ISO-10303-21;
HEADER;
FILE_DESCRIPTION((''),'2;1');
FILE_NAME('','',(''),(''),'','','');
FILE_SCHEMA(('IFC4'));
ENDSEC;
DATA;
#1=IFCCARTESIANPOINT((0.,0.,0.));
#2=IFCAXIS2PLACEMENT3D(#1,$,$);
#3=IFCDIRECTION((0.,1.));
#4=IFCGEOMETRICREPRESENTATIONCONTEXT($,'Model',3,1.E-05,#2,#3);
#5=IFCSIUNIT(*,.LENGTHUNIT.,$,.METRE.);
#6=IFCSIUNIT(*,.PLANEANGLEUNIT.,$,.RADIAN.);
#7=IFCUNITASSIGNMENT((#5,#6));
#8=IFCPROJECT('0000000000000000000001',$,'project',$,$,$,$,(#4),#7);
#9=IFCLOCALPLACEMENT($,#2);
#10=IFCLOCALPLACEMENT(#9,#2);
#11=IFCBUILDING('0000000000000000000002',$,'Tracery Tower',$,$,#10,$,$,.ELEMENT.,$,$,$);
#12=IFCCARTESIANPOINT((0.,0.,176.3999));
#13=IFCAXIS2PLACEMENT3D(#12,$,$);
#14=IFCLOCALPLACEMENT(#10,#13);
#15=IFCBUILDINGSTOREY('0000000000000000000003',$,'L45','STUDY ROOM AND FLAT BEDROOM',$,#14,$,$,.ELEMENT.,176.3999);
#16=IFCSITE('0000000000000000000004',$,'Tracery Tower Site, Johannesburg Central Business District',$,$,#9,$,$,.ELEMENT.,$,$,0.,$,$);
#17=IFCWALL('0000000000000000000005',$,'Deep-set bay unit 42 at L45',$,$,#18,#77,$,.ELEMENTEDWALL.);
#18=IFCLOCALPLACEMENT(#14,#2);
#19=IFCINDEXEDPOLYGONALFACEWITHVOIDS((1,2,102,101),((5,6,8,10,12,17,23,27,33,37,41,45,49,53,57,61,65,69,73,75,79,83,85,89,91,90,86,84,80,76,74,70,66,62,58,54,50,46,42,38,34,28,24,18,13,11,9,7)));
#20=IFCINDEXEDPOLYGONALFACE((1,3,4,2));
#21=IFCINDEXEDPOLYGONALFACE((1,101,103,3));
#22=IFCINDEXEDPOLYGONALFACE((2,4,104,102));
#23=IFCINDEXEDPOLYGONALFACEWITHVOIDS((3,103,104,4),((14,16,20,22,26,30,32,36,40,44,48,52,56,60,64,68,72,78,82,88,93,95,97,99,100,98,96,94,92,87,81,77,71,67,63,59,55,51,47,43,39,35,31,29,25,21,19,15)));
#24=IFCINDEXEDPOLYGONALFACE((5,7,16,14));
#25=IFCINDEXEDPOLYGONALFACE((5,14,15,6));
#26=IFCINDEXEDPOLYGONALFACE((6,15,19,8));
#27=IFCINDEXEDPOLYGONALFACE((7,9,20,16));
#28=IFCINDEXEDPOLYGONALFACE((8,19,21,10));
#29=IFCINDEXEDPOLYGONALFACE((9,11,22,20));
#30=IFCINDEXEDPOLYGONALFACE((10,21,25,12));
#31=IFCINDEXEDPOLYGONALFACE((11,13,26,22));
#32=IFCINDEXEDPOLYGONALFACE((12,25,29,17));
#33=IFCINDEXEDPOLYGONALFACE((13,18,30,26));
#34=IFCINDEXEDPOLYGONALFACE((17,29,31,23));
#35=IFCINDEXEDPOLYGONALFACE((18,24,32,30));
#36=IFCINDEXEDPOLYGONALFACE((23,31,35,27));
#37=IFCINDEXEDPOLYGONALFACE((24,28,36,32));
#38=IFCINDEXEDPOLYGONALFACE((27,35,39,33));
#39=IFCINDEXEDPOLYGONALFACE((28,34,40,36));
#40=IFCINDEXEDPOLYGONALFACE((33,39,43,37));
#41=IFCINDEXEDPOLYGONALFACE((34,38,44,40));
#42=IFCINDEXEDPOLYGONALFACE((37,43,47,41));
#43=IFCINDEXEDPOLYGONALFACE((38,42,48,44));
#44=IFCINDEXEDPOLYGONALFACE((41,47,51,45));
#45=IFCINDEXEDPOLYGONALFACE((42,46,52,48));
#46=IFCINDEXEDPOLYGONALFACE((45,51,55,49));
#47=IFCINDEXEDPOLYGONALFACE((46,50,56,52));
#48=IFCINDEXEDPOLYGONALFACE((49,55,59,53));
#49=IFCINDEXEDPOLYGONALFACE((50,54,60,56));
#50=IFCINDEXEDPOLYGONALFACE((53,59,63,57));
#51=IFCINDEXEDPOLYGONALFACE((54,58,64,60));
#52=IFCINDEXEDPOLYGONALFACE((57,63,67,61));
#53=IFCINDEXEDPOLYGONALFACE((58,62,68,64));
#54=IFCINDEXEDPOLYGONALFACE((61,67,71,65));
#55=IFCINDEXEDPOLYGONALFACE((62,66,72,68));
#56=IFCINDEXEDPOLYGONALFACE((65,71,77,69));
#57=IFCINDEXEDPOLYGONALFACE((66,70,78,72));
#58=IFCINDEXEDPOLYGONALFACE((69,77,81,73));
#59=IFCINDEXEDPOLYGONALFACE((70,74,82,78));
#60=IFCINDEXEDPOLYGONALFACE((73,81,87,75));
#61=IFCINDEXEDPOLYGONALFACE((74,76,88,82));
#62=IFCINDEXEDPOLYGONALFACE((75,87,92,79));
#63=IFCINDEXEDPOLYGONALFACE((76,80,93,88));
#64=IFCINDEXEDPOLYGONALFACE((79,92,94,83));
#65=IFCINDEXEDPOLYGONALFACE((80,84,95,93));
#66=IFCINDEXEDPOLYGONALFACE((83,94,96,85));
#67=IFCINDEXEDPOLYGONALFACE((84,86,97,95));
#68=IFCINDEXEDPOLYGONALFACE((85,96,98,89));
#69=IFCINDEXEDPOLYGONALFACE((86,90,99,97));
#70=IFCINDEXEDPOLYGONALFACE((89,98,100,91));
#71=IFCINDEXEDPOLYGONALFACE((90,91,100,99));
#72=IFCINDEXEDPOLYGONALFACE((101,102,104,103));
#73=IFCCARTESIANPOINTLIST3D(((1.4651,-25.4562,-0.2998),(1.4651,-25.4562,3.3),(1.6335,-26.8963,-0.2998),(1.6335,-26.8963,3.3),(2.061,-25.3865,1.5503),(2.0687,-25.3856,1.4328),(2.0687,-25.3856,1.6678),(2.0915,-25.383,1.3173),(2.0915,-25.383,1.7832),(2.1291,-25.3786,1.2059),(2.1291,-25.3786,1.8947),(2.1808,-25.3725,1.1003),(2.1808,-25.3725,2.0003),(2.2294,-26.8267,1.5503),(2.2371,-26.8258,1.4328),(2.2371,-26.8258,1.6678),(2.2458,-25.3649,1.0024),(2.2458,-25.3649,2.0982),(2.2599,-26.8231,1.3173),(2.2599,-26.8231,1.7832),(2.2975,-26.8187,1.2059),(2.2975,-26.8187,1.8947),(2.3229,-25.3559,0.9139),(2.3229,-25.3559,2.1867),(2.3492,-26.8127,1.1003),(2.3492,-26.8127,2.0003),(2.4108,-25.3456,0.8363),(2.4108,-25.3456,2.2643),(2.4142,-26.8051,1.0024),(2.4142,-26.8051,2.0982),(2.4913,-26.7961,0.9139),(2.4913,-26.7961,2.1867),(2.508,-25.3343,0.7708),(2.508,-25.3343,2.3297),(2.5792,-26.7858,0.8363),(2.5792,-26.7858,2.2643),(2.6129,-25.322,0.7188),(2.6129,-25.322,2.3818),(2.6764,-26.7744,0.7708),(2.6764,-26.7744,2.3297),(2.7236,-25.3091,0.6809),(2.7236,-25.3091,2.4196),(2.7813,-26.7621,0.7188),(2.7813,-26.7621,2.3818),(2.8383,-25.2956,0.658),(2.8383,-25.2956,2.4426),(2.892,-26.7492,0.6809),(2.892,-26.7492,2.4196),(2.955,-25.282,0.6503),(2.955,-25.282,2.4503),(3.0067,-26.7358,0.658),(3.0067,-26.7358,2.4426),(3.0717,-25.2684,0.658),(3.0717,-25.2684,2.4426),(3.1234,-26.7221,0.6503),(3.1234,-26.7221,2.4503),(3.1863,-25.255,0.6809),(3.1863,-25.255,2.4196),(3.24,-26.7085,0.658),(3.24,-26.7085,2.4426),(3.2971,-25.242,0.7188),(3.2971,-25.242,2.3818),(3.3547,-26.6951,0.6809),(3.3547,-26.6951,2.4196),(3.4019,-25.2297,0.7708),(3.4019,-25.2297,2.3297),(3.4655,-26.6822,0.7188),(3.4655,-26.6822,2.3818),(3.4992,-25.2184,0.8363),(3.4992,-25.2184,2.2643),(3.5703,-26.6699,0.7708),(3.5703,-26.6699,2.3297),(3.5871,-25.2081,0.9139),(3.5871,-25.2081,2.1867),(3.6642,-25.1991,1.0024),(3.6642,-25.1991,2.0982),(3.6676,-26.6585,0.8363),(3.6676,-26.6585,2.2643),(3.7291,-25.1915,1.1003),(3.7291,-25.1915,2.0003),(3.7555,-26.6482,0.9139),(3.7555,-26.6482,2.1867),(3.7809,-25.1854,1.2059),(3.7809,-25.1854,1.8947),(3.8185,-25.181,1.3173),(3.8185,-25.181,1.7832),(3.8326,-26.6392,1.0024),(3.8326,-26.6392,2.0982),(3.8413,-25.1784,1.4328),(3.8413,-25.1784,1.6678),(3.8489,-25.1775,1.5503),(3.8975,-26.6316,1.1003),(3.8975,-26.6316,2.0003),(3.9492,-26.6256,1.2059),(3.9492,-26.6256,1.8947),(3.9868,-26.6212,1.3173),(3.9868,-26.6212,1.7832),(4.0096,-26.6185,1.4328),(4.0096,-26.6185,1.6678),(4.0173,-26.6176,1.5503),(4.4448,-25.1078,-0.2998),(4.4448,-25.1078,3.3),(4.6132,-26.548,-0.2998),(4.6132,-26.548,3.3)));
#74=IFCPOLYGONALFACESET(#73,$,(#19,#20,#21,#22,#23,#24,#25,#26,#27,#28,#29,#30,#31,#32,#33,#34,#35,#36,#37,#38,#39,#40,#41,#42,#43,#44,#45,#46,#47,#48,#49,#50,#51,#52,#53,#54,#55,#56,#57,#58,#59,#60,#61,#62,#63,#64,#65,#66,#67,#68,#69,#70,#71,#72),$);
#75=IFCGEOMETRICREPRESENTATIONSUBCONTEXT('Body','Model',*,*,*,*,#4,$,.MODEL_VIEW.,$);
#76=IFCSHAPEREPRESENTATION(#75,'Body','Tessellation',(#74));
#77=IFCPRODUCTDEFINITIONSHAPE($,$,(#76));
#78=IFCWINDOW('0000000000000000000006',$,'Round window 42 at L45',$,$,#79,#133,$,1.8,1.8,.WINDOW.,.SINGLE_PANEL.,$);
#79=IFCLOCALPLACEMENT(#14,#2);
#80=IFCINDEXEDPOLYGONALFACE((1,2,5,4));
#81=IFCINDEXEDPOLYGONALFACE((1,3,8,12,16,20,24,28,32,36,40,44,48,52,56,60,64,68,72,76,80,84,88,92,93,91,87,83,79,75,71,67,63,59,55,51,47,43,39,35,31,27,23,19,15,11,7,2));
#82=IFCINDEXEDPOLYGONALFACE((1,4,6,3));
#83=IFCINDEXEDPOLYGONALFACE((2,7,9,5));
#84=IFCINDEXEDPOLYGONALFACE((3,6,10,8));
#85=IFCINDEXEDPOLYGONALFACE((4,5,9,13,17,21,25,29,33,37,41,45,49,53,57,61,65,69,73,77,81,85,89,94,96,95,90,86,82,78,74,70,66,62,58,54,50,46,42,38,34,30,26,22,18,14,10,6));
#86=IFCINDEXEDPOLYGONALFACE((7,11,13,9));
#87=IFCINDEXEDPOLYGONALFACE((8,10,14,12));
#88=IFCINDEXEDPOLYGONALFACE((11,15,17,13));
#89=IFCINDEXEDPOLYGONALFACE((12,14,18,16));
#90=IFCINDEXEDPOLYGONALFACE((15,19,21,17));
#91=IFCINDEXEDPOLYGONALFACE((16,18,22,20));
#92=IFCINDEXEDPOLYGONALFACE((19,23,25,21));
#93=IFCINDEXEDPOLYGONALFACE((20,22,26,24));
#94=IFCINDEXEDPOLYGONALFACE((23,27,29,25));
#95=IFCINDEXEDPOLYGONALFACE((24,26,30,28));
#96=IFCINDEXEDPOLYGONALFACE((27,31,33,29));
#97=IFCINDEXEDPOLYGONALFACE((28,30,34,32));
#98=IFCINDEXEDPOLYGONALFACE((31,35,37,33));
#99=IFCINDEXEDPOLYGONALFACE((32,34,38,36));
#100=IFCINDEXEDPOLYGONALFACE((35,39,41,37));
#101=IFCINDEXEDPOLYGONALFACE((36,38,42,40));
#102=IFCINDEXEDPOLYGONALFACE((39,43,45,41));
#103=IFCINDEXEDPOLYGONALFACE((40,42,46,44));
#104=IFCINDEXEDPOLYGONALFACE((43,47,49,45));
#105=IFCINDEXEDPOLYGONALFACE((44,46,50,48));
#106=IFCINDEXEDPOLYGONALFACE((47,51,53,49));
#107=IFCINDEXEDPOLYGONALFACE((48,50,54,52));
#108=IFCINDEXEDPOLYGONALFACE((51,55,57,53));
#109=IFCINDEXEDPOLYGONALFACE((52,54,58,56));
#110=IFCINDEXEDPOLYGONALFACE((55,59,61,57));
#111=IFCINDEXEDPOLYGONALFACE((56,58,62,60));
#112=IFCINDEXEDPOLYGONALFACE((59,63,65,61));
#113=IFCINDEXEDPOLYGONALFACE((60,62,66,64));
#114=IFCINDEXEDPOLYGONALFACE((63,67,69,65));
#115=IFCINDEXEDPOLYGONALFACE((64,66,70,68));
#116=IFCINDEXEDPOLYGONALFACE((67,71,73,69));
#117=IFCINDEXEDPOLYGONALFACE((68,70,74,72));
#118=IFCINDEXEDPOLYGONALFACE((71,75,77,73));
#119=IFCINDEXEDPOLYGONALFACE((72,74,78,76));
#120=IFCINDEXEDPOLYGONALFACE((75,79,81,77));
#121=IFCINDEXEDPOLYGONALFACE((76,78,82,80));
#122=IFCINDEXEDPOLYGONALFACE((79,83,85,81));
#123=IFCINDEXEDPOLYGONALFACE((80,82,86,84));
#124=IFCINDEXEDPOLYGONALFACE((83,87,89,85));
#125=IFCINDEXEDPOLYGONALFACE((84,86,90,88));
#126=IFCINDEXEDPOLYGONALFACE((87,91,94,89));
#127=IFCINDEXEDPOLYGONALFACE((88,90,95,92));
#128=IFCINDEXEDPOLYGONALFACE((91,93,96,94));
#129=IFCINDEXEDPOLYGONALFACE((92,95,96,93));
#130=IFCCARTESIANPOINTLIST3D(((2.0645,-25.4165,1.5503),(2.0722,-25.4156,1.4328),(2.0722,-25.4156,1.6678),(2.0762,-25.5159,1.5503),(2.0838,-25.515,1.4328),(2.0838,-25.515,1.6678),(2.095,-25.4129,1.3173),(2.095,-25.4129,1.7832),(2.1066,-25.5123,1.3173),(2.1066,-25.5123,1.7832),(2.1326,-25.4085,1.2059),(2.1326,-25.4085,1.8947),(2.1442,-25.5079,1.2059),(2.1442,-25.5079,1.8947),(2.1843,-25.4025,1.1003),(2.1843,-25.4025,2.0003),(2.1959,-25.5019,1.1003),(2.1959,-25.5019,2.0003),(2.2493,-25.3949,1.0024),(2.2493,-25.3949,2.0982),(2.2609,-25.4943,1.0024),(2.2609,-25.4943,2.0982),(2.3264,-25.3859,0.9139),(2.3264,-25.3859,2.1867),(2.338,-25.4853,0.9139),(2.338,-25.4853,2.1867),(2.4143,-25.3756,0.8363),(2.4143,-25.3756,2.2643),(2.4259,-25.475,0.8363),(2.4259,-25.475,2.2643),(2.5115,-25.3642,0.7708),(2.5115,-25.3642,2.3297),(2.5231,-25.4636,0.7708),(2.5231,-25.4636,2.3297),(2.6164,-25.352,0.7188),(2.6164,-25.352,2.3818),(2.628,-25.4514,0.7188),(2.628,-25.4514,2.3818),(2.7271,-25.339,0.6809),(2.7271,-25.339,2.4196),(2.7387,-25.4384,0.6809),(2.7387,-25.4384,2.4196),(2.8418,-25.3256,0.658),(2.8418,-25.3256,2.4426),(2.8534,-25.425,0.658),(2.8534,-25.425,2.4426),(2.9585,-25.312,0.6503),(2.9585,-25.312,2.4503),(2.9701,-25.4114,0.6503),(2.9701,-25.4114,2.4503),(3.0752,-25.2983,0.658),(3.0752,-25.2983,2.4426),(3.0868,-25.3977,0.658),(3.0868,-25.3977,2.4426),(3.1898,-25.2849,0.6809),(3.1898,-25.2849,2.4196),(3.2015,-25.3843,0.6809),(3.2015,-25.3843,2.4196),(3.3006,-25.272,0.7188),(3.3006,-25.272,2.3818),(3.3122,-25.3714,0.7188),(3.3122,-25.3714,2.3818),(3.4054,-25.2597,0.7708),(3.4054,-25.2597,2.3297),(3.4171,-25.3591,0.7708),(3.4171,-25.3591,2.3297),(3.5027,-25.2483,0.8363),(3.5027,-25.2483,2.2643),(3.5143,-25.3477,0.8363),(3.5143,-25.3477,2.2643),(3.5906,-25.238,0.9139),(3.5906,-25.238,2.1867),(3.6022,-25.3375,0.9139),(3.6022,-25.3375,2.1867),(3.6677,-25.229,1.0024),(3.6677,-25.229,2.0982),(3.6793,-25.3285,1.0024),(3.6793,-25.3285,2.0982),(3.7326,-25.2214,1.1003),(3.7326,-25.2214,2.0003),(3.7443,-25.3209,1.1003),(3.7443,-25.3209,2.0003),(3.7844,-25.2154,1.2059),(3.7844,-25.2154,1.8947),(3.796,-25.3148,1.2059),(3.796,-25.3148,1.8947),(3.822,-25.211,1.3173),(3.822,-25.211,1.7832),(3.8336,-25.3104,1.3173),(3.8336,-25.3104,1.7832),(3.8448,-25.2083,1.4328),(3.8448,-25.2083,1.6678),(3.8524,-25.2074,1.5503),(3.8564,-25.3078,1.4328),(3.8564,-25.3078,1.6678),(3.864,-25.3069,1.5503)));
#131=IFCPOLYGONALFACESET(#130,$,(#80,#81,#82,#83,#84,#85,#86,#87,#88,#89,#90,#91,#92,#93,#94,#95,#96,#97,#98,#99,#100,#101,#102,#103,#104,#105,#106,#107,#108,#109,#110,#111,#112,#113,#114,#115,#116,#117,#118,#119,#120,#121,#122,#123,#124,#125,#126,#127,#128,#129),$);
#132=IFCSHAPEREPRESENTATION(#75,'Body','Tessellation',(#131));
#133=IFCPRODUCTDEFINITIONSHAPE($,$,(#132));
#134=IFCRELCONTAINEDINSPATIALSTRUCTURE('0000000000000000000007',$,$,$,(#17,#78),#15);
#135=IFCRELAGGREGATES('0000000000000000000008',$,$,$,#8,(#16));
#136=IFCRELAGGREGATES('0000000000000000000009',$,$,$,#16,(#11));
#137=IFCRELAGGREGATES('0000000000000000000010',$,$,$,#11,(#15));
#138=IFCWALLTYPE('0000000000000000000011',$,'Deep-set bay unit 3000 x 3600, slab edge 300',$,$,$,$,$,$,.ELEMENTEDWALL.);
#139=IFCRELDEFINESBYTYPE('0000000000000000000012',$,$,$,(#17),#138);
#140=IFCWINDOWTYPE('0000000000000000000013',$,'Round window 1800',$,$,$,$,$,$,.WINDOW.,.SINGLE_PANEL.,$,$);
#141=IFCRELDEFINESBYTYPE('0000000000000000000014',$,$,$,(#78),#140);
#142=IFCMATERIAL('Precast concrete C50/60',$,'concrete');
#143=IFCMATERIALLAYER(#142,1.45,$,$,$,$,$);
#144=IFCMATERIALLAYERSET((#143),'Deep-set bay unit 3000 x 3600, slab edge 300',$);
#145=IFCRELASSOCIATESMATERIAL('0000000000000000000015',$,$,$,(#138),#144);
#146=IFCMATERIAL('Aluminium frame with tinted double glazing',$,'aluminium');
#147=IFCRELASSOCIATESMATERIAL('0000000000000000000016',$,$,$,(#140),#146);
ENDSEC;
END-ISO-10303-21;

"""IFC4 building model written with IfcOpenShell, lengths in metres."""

from ifc_helpers import new_model, si_unit, direction, frame, frame_2d, origin, origin_2d, place, context, subcontext, project, spatial, rectangle, circle, extrude, material, layer, layer_set, type_object, element, fill, save


model = new_model("IFC4")

# Units and contexts
model_context = context("Model", 3, precision=1e-05, world=origin(), true_north=direction((0.0, 1.0)))
body_context = subcontext(model_context, "Body", "Model", "MODEL_VIEW")
ifc_project = project(units=[si_unit("LENGTHUNIT", "METRE"), si_unit("PLANEANGLEUNIT", "RADIAN")], contexts=[model_context])

# Site, building, storey
site_placement = place(None, origin())
site = spatial("IfcSite", under=ifc_project, at=site_placement, Name="Tracery Tower Site, Johannesburg Central Business District", CompositionType="ELEMENT", RefElevation=0.0)
building_placement = place(site_placement, origin())
building = spatial("IfcBuilding", under=site, at=building_placement, Name="Tracery Tower", CompositionType="ELEMENT")
storey_placement = place(building_placement, frame((0.0, 0.0, 176.3999)))
storey = spatial("IfcBuildingStorey", under=building, at=storey_placement, Name="L45", Description="STUDY ROOM AND FLAT BEDROOM", CompositionType="ELEMENT", Elevation=176.3999)

# Wall, opening, window
ifc_material_1 = material(Name="Precast concrete C50/60", Category="concrete")
ifc_layer_1 = layer(ifc_material_1, 1.45)
ifc_layer_set_1 = layer_set([ifc_layer_1], Name="Deep-set bay unit 3000 x 3600, slab edge 300")
wall_type_1 = type_object("IfcWallType", Name="Deep-set bay unit 3000 x 3600, slab edge 300", PredefinedType="ELEMENTEDWALL", material=ifc_layer_set_1)
wall_1_placement = place(storey_placement, frame((1.5493, -26.1763, -0.2998), z_axis=(0.0, 0.0, 1.0), x_axis=(0.993234, 0.116128, 0.0)))
wall_1 = element("IfcWall", 1, at=wall_1_placement, inside=storey, type_object=wall_type_1, Name="Deep-set bay unit 42 at L45", PredefinedType="ELEMENTEDWALL", context=body_context, shape_type="SweptSolid", body=[
    extrude(rectangle(XDim=3.0, YDim=1.45, at=frame_2d((1.5, 0.0))), origin(), (0.0, 0.0, 1.0), 3.5999),
])
opening_1_placement = place(wall_1_placement, frame((1.5, 0.0, 1.8501)))
opening_1 = element("IfcOpeningElement", 2, at=opening_1_placement, cuts=wall_1, PredefinedType="OPENING", context=body_context, shape_type="SweptSolid", body=[
    extrude(circle(Radius=0.9, at=origin_2d()), frame((0.0, 0.7349, 0.0), z_axis=(0.0, -1.0, 0.0), x_axis=(1.0, 0.0, 0.0)), (0.0, 0.0, 1.0), 1.47),
])
ifc_material_2 = material(Name="Aluminium frame with tinted double glazing", Category="aluminium")
window_type = type_object("IfcWindowType", Name="Round window 1800", PartitioningType="SINGLE_PANEL", PredefinedType="WINDOW", material=ifc_material_2)
window_1_placement = place(opening_1_placement, origin())
window_1 = element("IfcWindow", 3, at=window_1_placement, inside=storey, type_object=window_type, Name="Round window 42 at L45", OverallHeight=1.8, OverallWidth=1.8, PartitioningType="SINGLE_PANEL", PredefinedType="WINDOW", context=body_context, shape_type="SweptSolid", body=[
    extrude(circle(Radius=0.9, at=origin_2d()), frame((0.0, 0.6948, 0.0), z_axis=(0.0, -1.0, 0.0), x_axis=(1.0, 0.0, 0.0)), (0.0, 0.0, 1.0), 0.1001),
])
fill(opening_1, window_1)

save(model, "model.ifc")
